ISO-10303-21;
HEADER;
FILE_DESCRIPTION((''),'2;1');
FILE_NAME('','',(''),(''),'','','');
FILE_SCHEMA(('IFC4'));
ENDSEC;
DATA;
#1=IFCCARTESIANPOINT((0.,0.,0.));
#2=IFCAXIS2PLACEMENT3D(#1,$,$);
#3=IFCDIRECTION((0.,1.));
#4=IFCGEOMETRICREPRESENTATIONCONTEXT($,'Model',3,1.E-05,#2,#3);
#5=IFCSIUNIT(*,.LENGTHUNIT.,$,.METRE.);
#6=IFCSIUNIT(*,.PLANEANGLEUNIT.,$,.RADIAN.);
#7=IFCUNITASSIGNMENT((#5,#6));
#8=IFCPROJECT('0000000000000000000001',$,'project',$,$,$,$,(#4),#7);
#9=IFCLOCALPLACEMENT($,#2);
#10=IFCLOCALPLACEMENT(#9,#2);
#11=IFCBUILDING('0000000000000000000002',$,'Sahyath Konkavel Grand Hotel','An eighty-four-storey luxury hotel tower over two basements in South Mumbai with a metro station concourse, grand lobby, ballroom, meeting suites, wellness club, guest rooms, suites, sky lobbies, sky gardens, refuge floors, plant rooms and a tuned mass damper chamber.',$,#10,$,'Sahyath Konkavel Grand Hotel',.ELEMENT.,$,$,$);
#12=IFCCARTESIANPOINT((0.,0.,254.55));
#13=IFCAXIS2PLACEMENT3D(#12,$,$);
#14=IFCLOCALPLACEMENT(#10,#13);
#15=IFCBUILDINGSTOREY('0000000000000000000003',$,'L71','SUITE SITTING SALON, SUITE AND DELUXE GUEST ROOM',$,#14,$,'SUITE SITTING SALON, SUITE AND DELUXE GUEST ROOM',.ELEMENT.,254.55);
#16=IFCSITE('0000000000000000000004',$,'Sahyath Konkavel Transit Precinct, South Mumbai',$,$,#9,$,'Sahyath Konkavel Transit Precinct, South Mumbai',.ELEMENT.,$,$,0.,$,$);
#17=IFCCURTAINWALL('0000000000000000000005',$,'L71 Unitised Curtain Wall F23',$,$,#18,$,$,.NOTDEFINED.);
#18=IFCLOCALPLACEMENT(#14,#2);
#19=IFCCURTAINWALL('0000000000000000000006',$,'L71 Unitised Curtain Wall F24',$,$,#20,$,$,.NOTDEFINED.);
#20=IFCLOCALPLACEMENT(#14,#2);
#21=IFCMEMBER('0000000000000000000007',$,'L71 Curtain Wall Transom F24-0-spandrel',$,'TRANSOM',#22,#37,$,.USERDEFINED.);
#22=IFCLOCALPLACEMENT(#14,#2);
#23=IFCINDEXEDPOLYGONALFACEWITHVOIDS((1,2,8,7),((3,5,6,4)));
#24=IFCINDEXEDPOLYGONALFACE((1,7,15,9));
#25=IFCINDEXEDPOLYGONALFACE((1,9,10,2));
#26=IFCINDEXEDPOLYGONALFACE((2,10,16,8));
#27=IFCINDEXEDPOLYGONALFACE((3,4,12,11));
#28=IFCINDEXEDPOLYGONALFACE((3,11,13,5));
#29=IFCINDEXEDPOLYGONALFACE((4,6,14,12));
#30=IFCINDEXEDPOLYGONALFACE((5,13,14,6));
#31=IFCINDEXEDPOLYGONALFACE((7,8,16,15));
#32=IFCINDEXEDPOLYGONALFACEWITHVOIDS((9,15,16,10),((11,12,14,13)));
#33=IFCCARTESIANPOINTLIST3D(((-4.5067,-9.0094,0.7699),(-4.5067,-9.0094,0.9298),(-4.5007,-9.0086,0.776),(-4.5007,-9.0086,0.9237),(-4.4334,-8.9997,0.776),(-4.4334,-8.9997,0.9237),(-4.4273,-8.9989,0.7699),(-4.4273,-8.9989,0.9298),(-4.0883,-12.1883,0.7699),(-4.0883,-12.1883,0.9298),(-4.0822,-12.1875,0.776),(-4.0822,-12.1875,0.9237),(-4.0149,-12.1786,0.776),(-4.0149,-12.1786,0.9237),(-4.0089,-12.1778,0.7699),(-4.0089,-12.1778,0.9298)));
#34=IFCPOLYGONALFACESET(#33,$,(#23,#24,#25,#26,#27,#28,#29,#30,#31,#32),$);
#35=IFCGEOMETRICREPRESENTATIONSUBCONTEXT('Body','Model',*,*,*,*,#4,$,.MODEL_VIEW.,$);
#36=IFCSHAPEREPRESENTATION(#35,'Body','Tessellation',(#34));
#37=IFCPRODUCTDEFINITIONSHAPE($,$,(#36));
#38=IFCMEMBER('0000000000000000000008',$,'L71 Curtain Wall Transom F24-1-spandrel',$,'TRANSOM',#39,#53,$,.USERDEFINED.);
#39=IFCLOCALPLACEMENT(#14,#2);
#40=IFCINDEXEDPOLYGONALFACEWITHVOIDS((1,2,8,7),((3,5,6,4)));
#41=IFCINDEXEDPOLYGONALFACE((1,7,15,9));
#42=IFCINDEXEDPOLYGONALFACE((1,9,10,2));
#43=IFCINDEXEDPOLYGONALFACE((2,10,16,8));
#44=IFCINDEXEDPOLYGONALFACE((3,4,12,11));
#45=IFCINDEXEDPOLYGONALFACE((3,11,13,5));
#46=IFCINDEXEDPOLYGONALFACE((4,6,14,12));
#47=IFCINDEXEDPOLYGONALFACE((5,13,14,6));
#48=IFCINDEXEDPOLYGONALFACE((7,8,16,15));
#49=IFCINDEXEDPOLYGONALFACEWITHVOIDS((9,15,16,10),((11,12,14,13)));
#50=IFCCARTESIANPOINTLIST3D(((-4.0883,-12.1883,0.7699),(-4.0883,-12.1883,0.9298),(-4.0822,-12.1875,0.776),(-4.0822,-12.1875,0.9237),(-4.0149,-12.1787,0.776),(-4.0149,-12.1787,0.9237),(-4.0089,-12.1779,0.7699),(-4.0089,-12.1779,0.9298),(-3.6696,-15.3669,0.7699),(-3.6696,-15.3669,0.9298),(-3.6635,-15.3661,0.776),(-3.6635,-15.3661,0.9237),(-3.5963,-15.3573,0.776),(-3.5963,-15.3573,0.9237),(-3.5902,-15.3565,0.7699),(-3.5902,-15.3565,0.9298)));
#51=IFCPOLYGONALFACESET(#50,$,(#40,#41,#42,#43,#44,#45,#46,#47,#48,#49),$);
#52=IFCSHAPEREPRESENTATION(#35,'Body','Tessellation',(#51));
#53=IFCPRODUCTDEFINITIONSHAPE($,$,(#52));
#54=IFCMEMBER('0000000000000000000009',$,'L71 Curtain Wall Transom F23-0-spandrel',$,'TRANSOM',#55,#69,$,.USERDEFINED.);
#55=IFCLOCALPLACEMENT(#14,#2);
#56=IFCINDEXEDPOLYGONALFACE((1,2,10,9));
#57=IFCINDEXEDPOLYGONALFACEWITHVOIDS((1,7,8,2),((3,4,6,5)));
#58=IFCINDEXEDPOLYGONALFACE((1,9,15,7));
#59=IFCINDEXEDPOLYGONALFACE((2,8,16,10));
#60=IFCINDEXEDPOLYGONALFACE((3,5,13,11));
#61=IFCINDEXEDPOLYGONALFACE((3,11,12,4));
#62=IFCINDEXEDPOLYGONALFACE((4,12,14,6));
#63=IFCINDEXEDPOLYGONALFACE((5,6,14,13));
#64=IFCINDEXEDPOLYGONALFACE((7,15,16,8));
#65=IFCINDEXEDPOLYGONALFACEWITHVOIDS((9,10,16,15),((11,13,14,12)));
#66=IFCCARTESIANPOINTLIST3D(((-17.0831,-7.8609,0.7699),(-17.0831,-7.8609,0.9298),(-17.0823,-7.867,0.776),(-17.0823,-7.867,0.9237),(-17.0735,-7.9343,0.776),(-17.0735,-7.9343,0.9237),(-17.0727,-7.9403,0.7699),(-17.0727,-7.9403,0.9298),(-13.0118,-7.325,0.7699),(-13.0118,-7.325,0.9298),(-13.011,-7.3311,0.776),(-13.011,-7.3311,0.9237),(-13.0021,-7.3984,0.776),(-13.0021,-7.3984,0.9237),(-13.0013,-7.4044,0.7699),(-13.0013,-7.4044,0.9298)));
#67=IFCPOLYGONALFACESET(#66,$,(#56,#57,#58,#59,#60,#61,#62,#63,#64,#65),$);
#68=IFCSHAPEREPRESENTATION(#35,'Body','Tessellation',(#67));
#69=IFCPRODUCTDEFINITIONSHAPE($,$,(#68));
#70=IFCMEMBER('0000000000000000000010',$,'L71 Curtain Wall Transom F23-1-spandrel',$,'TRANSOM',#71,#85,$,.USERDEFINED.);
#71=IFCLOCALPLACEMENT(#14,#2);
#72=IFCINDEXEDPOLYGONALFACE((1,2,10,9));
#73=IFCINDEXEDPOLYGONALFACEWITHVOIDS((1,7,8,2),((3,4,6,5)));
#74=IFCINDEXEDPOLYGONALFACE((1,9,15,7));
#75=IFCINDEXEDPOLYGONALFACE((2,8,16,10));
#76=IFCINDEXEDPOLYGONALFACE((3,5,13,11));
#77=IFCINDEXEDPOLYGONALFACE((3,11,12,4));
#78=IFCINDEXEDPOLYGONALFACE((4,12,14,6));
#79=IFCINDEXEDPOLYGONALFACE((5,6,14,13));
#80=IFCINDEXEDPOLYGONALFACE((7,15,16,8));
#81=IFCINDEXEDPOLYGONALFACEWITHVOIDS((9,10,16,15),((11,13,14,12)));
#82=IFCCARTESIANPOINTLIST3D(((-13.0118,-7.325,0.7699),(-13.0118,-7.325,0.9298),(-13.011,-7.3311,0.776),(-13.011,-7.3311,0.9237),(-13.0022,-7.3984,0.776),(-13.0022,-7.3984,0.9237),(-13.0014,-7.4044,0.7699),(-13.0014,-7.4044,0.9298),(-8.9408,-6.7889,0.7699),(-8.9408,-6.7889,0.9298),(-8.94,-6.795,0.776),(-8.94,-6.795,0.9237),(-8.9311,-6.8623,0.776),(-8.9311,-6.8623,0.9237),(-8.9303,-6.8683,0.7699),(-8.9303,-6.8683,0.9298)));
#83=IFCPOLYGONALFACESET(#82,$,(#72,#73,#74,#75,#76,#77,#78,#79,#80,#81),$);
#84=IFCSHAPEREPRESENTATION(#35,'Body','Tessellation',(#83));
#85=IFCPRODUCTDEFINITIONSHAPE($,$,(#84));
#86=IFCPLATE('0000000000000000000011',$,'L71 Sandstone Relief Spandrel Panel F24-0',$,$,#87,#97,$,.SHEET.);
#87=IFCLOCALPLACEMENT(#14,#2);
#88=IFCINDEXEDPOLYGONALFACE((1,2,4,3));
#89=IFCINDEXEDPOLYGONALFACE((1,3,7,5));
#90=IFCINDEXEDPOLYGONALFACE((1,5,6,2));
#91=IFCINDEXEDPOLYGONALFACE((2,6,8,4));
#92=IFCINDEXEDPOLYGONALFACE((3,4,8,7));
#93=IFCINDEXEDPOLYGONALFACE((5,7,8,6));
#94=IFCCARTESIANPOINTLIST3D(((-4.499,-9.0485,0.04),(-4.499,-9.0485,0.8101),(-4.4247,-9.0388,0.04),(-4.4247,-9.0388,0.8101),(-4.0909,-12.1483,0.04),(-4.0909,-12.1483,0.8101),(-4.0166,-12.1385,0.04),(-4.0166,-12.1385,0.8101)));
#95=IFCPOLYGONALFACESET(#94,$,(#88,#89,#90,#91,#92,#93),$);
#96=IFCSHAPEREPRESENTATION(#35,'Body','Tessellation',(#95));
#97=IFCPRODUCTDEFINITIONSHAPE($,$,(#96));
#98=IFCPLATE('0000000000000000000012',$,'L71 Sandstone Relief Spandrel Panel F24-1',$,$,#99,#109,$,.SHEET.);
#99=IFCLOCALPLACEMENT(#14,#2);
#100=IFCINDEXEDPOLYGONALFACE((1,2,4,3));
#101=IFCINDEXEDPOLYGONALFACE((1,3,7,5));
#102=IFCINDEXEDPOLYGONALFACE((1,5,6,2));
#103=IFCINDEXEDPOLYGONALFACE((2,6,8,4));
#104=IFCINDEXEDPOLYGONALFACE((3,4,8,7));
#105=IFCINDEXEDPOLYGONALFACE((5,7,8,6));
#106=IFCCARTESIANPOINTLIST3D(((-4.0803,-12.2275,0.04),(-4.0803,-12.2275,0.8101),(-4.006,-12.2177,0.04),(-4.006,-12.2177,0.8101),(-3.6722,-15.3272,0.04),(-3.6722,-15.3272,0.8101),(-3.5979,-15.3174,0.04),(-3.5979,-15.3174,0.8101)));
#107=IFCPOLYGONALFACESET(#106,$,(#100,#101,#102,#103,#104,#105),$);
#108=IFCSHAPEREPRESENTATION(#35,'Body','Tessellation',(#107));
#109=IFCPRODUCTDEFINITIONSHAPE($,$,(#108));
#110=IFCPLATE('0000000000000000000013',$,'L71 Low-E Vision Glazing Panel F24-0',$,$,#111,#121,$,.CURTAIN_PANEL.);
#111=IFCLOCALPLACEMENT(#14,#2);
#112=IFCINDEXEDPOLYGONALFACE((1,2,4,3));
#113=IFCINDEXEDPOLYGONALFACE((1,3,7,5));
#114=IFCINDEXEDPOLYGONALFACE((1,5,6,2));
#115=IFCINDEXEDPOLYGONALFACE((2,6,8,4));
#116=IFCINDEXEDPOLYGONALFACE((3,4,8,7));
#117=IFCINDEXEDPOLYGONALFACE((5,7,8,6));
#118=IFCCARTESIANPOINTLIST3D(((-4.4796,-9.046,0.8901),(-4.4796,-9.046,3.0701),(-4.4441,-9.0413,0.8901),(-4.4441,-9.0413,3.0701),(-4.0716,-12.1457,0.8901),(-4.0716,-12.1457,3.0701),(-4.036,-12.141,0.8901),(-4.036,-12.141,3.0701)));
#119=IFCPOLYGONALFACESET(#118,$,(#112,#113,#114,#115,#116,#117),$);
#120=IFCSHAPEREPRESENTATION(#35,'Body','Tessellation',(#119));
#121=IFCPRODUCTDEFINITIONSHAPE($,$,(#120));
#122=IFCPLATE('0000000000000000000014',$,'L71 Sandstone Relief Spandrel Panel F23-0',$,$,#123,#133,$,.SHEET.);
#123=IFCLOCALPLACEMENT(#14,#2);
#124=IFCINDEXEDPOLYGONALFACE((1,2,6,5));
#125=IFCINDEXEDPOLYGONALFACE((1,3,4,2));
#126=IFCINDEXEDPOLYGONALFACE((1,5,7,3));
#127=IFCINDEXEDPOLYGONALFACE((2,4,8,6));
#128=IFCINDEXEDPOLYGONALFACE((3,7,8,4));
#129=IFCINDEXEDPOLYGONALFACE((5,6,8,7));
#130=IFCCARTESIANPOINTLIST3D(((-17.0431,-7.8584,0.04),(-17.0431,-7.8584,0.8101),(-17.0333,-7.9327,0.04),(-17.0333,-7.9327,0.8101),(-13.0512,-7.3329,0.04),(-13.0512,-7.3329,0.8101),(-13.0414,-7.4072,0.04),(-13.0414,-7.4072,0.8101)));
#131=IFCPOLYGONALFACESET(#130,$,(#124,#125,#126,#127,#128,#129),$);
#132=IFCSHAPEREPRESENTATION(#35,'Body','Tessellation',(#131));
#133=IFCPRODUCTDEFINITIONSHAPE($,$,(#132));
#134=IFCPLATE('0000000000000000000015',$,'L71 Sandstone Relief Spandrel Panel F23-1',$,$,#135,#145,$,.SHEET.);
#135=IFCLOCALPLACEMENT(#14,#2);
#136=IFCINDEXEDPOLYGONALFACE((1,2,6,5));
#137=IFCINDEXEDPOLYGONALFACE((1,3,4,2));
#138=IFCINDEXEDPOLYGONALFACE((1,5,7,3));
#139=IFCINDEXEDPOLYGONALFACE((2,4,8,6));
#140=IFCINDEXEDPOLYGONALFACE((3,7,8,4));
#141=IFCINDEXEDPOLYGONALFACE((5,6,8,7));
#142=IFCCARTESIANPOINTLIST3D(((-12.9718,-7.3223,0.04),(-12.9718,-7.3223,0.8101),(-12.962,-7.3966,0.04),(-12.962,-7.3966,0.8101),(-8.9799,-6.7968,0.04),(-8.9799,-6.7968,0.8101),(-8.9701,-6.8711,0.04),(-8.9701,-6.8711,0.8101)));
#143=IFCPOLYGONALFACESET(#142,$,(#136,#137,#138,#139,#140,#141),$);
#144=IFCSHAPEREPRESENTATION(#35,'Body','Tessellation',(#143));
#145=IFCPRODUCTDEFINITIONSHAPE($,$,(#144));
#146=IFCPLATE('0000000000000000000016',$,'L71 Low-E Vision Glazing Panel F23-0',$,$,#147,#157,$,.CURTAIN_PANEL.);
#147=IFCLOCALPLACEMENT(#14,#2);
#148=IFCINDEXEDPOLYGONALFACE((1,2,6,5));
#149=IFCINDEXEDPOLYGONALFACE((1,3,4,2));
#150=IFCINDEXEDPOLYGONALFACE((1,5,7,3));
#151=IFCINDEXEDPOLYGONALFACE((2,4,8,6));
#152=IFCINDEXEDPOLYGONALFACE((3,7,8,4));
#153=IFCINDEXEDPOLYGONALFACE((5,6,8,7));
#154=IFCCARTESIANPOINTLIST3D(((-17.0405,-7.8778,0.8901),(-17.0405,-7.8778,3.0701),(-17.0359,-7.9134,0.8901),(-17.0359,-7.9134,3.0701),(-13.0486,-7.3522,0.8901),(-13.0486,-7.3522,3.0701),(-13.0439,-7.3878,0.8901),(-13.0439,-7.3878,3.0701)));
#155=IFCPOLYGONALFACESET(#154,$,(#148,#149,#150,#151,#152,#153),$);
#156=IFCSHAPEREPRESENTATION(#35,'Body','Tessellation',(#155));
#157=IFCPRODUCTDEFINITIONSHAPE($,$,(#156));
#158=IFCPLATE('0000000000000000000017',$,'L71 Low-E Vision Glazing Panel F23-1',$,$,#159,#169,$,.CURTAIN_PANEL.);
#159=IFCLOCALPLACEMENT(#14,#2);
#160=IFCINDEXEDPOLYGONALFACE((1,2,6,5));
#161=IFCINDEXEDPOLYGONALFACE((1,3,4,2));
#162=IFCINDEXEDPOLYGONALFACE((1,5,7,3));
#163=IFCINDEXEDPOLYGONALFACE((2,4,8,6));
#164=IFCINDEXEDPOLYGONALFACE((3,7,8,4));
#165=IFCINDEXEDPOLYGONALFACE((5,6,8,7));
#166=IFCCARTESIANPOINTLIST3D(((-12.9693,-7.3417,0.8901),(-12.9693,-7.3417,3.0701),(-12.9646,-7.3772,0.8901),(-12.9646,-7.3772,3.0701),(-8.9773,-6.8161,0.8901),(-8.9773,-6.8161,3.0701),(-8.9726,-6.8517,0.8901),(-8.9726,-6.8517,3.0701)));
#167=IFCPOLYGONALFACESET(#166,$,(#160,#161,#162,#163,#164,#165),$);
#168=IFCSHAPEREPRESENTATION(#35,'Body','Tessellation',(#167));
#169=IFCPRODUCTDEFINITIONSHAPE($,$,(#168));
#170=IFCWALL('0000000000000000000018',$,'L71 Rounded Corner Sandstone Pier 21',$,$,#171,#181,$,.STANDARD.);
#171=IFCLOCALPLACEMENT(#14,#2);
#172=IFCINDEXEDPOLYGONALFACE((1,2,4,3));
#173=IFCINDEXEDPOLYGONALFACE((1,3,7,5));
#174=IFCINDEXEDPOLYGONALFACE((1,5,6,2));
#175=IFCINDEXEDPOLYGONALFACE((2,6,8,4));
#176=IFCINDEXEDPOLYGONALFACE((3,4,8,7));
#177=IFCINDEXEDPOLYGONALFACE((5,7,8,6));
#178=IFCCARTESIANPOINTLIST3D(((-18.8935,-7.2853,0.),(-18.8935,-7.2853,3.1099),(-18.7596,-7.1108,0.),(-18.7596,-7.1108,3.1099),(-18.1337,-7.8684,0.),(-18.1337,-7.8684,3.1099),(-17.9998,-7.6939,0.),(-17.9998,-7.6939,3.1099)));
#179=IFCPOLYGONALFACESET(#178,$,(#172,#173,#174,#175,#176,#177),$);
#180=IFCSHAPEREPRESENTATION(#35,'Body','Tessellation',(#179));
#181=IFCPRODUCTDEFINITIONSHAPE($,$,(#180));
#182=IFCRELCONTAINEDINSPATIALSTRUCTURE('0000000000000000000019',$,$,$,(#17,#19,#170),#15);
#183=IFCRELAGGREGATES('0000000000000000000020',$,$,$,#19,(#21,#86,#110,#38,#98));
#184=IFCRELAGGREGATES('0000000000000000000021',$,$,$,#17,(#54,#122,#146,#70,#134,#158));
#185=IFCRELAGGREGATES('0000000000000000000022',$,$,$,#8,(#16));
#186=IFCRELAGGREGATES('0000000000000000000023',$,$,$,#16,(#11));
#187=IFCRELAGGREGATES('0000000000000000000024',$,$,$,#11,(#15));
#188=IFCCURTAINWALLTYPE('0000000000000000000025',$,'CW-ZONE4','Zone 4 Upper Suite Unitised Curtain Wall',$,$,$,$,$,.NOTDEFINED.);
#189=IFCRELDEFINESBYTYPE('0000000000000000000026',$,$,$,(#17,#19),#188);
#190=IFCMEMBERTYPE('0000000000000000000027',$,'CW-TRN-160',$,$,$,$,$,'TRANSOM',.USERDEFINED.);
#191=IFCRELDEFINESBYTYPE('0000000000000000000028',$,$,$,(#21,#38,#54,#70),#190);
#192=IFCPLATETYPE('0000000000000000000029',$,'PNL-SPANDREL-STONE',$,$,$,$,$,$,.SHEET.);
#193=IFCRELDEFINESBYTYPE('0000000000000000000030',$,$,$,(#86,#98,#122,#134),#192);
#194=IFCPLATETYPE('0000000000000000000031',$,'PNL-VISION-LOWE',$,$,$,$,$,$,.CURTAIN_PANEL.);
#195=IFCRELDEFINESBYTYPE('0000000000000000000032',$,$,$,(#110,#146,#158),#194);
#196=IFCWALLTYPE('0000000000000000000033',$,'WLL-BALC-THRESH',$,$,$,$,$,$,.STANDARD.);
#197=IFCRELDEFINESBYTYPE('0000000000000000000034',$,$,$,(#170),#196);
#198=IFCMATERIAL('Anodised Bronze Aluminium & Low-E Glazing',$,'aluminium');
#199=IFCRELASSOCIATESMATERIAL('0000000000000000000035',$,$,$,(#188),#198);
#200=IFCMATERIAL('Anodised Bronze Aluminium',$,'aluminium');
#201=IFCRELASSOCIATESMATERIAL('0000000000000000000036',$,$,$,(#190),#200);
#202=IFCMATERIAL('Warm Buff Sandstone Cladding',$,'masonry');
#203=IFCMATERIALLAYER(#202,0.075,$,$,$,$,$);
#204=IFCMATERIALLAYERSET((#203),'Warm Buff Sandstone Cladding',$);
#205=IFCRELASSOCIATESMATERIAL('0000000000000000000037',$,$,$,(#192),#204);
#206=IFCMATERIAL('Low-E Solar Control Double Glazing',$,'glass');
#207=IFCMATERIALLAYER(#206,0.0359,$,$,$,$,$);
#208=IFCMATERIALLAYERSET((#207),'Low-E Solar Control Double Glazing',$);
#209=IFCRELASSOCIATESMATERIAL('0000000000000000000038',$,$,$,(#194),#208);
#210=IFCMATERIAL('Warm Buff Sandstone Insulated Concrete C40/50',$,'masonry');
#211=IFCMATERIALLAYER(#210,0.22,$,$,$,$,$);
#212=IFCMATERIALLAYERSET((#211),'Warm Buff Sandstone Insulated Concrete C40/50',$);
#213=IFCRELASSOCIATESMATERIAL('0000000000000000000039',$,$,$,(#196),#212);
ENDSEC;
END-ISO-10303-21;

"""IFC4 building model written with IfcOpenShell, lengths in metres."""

from ifc_helpers import new_model, si_unit, direction, frame, frame_2d, origin, origin_2d, place, context, subcontext, project, spatial, rectangle, hollow_rectangle, extrude, source, transform, mapped, material, layer, layer_set, material_profile, profile_set, type_object, element, aggregate, save


model = new_model("IFC4")

# Units and contexts
model_context = context("Model", 3, precision=1e-05, world=origin(), true_north=direction((0.0, 1.0)))
body_context = subcontext(model_context, "Body", "Model", "MODEL_VIEW")
ifc_project = project(units=[si_unit("LENGTHUNIT", "METRE"), si_unit("PLANEANGLEUNIT", "RADIAN")], contexts=[model_context])

# Site, building, storey
site_placement = place(None, origin())
site = spatial("IfcSite", under=ifc_project, at=site_placement, Name="Sahyath Konkavel Transit Precinct, South Mumbai", LongName="Sahyath Konkavel Transit Precinct, South Mumbai", CompositionType="ELEMENT", RefElevation=0.0)
building_placement = place(site_placement, origin())
building = spatial("IfcBuilding", under=site, at=building_placement, Name="Sahyath Konkavel Grand Hotel", Description="An eighty-four-storey luxury hotel tower over two basements in South Mumbai with a metro station concourse, grand lobby, ballroom, meeting suites, wellness club, guest rooms, suites, sky lobbies, sky gardens, refuge floors, plant rooms and a tuned mass damper chamber.", LongName="Sahyath Konkavel Grand Hotel", CompositionType="ELEMENT")
storey_placement = place(building_placement, frame((0.0, 0.0, 254.55)))
storey = spatial("IfcBuildingStorey", under=building, at=storey_placement, Name="L71", Description="SUITE SITTING SALON, SUITE AND DELUXE GUEST ROOM", LongName="SUITE SITTING SALON, SUITE AND DELUXE GUEST ROOM", CompositionType="ELEMENT", Elevation=254.55)

# Shared definitions
ifc_material_1 = material(Name="Anodised Bronze Aluminium & Low-E Glazing", Category="aluminium")
curtain_wall_type = type_object("IfcCurtainWallType", Name="CW-ZONE4", Description="Zone 4 Upper Suite Unitised Curtain Wall", PredefinedType="NOTDEFINED", material=ifc_material_1)
ifc_material_2 = material(Name="Anodised Bronze Aluminium", Category="aluminium")

# Curtain walls
curtain_wall_1_placement = place(storey_placement, origin())
curtain_wall_1 = element("IfcCurtainWall", 1, at=curtain_wall_1_placement, inside=storey, type_object=curtain_wall_type, Name="L71 Unitised Curtain Wall F23", PredefinedType="NOTDEFINED")
curtain_wall_2_placement = place(storey_placement, origin())
curtain_wall_2 = element("IfcCurtainWall", 2, at=curtain_wall_2_placement, inside=storey, type_object=curtain_wall_type, Name="L71 Unitised Curtain Wall F24", PredefinedType="NOTDEFINED")

# Members
ifc_material_profile_1 = material_profile(ifc_material_2, hollow_rectangle(XDim=0.0801, YDim=0.1599, WallThickness=0.0061, at=origin_2d()), Name="RHS 160x80x6")
ifc_profile_set_1 = profile_set([ifc_material_profile_1], Name="Anodised Bronze Aluminium")
member_type_1 = type_object("IfcMemberType", Name="CW-TRN-160", ElementType="TRANSOM", PredefinedType="USERDEFINED", material=ifc_profile_set_1)
shared_shape_1 = source(origin(), body_context, "Body", "SweptSolid", [
    extrude(hollow_rectangle(XDim=0.0801, YDim=0.1599, WallThickness=0.0061, at=origin_2d()), origin(), (0.0, 0.0, 1.0), 3.2063),
])
member_1_placement = place(storey_placement, frame((-4.467, -9.0042, 0.8499), z_axis=(0.130508, -0.991447, 0.0), x_axis=(0.991447, 0.130508, 0.0)))
member_1 = element("IfcMember", 3, at=member_1_placement, type_object=member_type_1, Name="L71 Curtain Wall Transom F24-0-spandrel", ObjectType="TRANSOM", PredefinedType="USERDEFINED", context=body_context, shape_type="MappedRepresentation", body=[
    mapped(shared_shape_1, transform((0.0, 0.0, 0.0), scale=1.0)),
])
shared_shape_2 = source(origin(), body_context, "Body", "SweptSolid", [
    extrude(hollow_rectangle(XDim=0.0801, YDim=0.1599, WallThickness=0.0061, at=origin_2d()), origin(), (0.0, 0.0, 1.0), 3.2061),
])
member_2_placement = place(storey_placement, frame((-4.0486, -12.1831, 0.8499), z_axis=(0.130592, -0.991436, 0.0), x_axis=(0.991436, 0.130592, 0.0)))
member_2 = element("IfcMember", 4, at=member_2_placement, type_object=member_type_1, Name="L71 Curtain Wall Transom F24-1-spandrel", ObjectType="TRANSOM", PredefinedType="USERDEFINED", context=body_context, shape_type="MappedRepresentation", body=[
    mapped(shared_shape_2, transform((0.0, 0.0, 0.0), scale=1.0)),
])
shared_shape_3 = source(origin(), body_context, "Body", "SweptSolid", [
    extrude(hollow_rectangle(XDim=0.0801, YDim=0.1599, WallThickness=0.0061, at=origin_2d()), origin(), (0.0, 0.0, 1.0), 4.1064),
])
member_3_placement = place(storey_placement, frame((-17.0779, -7.9006, 0.8499), z_axis=(0.991448, 0.130501, 0.0), x_axis=(-0.130501, 0.991448, 0.0)))
member_3 = element("IfcMember", 5, at=member_3_placement, type_object=member_type_1, Name="L71 Curtain Wall Transom F23-0-spandrel", ObjectType="TRANSOM", PredefinedType="USERDEFINED", context=body_context, shape_type="MappedRepresentation", body=[
    mapped(shared_shape_3, transform((0.0, 0.0, 0.0), scale=1.0)),
])
shared_shape_4 = source(origin(), body_context, "Body", "SweptSolid", [
    extrude(hollow_rectangle(XDim=0.0801, YDim=0.1599, WallThickness=0.0061, at=origin_2d()), origin(), (0.0, 0.0, 1.0), 4.1062),
])
member_4_placement = place(storey_placement, frame((-13.0066, -7.3647, 0.8499), z_axis=(0.99144, 0.130567, 0.0), x_axis=(-0.130567, 0.99144, 0.0)))
member_4 = element("IfcMember", 6, at=member_4_placement, type_object=member_type_1, Name="L71 Curtain Wall Transom F23-1-spandrel", ObjectType="TRANSOM", PredefinedType="USERDEFINED", context=body_context, shape_type="MappedRepresentation", body=[
    mapped(shared_shape_4, transform((0.0, 0.0, 0.0), scale=1.0)),
])

# Plates
ifc_material_3 = material(Name="Warm Buff Sandstone Cladding", Category="masonry")
ifc_layer_1 = layer(ifc_material_3, 0.075)
ifc_layer_set_1 = layer_set([ifc_layer_1], Name="Warm Buff Sandstone Cladding")
plate_type_1 = type_object("IfcPlateType", Name="PNL-SPANDREL-STONE", PredefinedType="SHEET", material=ifc_layer_set_1)
shared_shape_5 = source(origin(), body_context, "Body", "SweptSolid", [
    extrude(rectangle(XDim=3.1265, YDim=0.075, at=origin_2d()), origin(), (0.0, 0.0, 1.0), 0.77),
])
plate_1_placement = place(storey_placement, frame((-4.2578, -10.5935, 0.04), z_axis=(0.0, 0.0, 1.0), x_axis=(0.130526, -0.991445, 0.0)))
plate_1 = element("IfcPlate", 7, at=plate_1_placement, type_object=plate_type_1, Name="L71 Sandstone Relief Spandrel Panel F24-0", PredefinedType="SHEET", context=body_context, shape_type="MappedRepresentation", body=[
    mapped(shared_shape_5, transform((0.0, 0.0, 0.0), scale=1.0)),
])
plate_2_placement = place(storey_placement, frame((-3.8391, -13.7725, 0.04), z_axis=(0.0, 0.0, 1.0), x_axis=(0.130526, -0.991445, 0.0)))
plate_2 = element("IfcPlate", 8, at=plate_2_placement, type_object=plate_type_1, Name="L71 Sandstone Relief Spandrel Panel F24-1", PredefinedType="SHEET", context=body_context, shape_type="MappedRepresentation", body=[
    mapped(shared_shape_5, transform((0.0, 0.0, 0.0), scale=1.0)),
])
ifc_material_4 = material(Name="Low-E Solar Control Double Glazing", Category="glass")
ifc_layer_2 = layer(ifc_material_4, 0.0359)
ifc_layer_set_2 = layer_set([ifc_layer_2], Name="Low-E Solar Control Double Glazing")
plate_type_2 = type_object("IfcPlateType", Name="PNL-VISION-LOWE", PredefinedType="CURTAIN_PANEL", material=ifc_layer_set_2)
shared_shape_6 = source(origin(), body_context, "Body", "SweptSolid", [
    extrude(rectangle(XDim=3.1265, YDim=0.0359, at=origin_2d()), origin(), (0.0, 0.0, 1.0), 2.1799),
])
plate_3_placement = place(storey_placement, frame((-4.2578, -10.5935, 0.8901), z_axis=(0.0, 0.0, 1.0), x_axis=(0.130526, -0.991445, 0.0)))
plate_3 = element("IfcPlate", 9, at=plate_3_placement, type_object=plate_type_2, Name="L71 Low-E Vision Glazing Panel F24-0", PredefinedType="CURTAIN_PANEL", context=body_context, shape_type="MappedRepresentation", body=[
    mapped(shared_shape_6, transform((0.0, 0.0, 0.0), scale=1.0)),
])
aggregate(curtain_wall_2, [member_1, plate_1, plate_3, member_2, plate_2])
shared_shape_7 = source(origin(), body_context, "Body", "SweptSolid", [
    extrude(rectangle(XDim=4.0264, YDim=0.075, at=origin_2d()), origin(), (0.0, 0.0, 1.0), 0.77),
])
plate_4_placement = place(storey_placement, frame((-15.0422, -7.6328, 0.04), z_axis=(0.0, 0.0, 1.0), x_axis=(0.991445, 0.130526, 0.0)))
plate_4 = element("IfcPlate", 10, at=plate_4_placement, type_object=plate_type_1, Name="L71 Sandstone Relief Spandrel Panel F23-0", PredefinedType="SHEET", context=body_context, shape_type="MappedRepresentation", body=[
    mapped(shared_shape_7, transform((0.0, 0.0, 0.0), scale=1.0)),
])
plate_5_placement = place(storey_placement, frame((-10.9709, -7.0967, 0.04), z_axis=(0.0, 0.0, 1.0), x_axis=(0.991445, 0.130526, 0.0)))
plate_5 = element("IfcPlate", 11, at=plate_5_placement, type_object=plate_type_1, Name="L71 Sandstone Relief Spandrel Panel F23-1", PredefinedType="SHEET", context=body_context, shape_type="MappedRepresentation", body=[
    mapped(shared_shape_7, transform((0.0, 0.0, 0.0), scale=1.0)),
])
shared_shape_8 = source(origin(), body_context, "Body", "SweptSolid", [
    extrude(rectangle(XDim=4.0264, YDim=0.0359, at=origin_2d()), origin(), (0.0, 0.0, 1.0), 2.1799),
])
plate_6_placement = place(storey_placement, frame((-15.0422, -7.6328, 0.8901), z_axis=(0.0, 0.0, 1.0), x_axis=(0.991445, 0.130526, 0.0)))
plate_6 = element("IfcPlate", 12, at=plate_6_placement, type_object=plate_type_2, Name="L71 Low-E Vision Glazing Panel F23-0", PredefinedType="CURTAIN_PANEL", context=body_context, shape_type="MappedRepresentation", body=[
    mapped(shared_shape_8, transform((0.0, 0.0, 0.0), scale=1.0)),
])
plate_7_placement = place(storey_placement, frame((-10.9709, -7.0967, 0.8901), z_axis=(0.0, 0.0, 1.0), x_axis=(0.991445, 0.130526, 0.0)))
plate_7 = element("IfcPlate", 13, at=plate_7_placement, type_object=plate_type_2, Name="L71 Low-E Vision Glazing Panel F23-1", PredefinedType="CURTAIN_PANEL", context=body_context, shape_type="MappedRepresentation", body=[
    mapped(shared_shape_8, transform((0.0, 0.0, 0.0), scale=1.0)),
])
aggregate(curtain_wall_1, [member_3, plate_4, plate_6, member_4, plate_5, plate_7])

# Wall
ifc_material_5 = material(Name="Warm Buff Sandstone Insulated Concrete C40/50", Category="masonry")
ifc_layer_3 = layer(ifc_material_5, 0.22)
ifc_layer_set_3 = layer_set([ifc_layer_3], Name="Warm Buff Sandstone Insulated Concrete C40/50")
wall_type_1 = type_object("IfcWallType", Name="WLL-BALC-THRESH", PredefinedType="STANDARD", material=ifc_layer_set_3)
for number, where, z_axis, x_axis, name in (
    (14, (-18.8267, -7.198, 0.0), (0.0, 0.0, 1.0), (0.793344, -0.608774, 0.0), "L71 Rounded Corner Sandstone Pier 21"),
):
    element("IfcWall", number, at=place(storey_placement, frame(where, z_axis=z_axis, x_axis=x_axis)), inside=storey, type_object=wall_type_1, Name=name, PredefinedType="STANDARD", context=body_context, shape_type="SweptSolid", body=[
        extrude(rectangle(XDim=0.9578, YDim=0.22, at=frame_2d((0.479, 0.0))), origin(), (0.0, 0.0, 1.0), 3.1099),
    ])

save(model, "model.ifc")
